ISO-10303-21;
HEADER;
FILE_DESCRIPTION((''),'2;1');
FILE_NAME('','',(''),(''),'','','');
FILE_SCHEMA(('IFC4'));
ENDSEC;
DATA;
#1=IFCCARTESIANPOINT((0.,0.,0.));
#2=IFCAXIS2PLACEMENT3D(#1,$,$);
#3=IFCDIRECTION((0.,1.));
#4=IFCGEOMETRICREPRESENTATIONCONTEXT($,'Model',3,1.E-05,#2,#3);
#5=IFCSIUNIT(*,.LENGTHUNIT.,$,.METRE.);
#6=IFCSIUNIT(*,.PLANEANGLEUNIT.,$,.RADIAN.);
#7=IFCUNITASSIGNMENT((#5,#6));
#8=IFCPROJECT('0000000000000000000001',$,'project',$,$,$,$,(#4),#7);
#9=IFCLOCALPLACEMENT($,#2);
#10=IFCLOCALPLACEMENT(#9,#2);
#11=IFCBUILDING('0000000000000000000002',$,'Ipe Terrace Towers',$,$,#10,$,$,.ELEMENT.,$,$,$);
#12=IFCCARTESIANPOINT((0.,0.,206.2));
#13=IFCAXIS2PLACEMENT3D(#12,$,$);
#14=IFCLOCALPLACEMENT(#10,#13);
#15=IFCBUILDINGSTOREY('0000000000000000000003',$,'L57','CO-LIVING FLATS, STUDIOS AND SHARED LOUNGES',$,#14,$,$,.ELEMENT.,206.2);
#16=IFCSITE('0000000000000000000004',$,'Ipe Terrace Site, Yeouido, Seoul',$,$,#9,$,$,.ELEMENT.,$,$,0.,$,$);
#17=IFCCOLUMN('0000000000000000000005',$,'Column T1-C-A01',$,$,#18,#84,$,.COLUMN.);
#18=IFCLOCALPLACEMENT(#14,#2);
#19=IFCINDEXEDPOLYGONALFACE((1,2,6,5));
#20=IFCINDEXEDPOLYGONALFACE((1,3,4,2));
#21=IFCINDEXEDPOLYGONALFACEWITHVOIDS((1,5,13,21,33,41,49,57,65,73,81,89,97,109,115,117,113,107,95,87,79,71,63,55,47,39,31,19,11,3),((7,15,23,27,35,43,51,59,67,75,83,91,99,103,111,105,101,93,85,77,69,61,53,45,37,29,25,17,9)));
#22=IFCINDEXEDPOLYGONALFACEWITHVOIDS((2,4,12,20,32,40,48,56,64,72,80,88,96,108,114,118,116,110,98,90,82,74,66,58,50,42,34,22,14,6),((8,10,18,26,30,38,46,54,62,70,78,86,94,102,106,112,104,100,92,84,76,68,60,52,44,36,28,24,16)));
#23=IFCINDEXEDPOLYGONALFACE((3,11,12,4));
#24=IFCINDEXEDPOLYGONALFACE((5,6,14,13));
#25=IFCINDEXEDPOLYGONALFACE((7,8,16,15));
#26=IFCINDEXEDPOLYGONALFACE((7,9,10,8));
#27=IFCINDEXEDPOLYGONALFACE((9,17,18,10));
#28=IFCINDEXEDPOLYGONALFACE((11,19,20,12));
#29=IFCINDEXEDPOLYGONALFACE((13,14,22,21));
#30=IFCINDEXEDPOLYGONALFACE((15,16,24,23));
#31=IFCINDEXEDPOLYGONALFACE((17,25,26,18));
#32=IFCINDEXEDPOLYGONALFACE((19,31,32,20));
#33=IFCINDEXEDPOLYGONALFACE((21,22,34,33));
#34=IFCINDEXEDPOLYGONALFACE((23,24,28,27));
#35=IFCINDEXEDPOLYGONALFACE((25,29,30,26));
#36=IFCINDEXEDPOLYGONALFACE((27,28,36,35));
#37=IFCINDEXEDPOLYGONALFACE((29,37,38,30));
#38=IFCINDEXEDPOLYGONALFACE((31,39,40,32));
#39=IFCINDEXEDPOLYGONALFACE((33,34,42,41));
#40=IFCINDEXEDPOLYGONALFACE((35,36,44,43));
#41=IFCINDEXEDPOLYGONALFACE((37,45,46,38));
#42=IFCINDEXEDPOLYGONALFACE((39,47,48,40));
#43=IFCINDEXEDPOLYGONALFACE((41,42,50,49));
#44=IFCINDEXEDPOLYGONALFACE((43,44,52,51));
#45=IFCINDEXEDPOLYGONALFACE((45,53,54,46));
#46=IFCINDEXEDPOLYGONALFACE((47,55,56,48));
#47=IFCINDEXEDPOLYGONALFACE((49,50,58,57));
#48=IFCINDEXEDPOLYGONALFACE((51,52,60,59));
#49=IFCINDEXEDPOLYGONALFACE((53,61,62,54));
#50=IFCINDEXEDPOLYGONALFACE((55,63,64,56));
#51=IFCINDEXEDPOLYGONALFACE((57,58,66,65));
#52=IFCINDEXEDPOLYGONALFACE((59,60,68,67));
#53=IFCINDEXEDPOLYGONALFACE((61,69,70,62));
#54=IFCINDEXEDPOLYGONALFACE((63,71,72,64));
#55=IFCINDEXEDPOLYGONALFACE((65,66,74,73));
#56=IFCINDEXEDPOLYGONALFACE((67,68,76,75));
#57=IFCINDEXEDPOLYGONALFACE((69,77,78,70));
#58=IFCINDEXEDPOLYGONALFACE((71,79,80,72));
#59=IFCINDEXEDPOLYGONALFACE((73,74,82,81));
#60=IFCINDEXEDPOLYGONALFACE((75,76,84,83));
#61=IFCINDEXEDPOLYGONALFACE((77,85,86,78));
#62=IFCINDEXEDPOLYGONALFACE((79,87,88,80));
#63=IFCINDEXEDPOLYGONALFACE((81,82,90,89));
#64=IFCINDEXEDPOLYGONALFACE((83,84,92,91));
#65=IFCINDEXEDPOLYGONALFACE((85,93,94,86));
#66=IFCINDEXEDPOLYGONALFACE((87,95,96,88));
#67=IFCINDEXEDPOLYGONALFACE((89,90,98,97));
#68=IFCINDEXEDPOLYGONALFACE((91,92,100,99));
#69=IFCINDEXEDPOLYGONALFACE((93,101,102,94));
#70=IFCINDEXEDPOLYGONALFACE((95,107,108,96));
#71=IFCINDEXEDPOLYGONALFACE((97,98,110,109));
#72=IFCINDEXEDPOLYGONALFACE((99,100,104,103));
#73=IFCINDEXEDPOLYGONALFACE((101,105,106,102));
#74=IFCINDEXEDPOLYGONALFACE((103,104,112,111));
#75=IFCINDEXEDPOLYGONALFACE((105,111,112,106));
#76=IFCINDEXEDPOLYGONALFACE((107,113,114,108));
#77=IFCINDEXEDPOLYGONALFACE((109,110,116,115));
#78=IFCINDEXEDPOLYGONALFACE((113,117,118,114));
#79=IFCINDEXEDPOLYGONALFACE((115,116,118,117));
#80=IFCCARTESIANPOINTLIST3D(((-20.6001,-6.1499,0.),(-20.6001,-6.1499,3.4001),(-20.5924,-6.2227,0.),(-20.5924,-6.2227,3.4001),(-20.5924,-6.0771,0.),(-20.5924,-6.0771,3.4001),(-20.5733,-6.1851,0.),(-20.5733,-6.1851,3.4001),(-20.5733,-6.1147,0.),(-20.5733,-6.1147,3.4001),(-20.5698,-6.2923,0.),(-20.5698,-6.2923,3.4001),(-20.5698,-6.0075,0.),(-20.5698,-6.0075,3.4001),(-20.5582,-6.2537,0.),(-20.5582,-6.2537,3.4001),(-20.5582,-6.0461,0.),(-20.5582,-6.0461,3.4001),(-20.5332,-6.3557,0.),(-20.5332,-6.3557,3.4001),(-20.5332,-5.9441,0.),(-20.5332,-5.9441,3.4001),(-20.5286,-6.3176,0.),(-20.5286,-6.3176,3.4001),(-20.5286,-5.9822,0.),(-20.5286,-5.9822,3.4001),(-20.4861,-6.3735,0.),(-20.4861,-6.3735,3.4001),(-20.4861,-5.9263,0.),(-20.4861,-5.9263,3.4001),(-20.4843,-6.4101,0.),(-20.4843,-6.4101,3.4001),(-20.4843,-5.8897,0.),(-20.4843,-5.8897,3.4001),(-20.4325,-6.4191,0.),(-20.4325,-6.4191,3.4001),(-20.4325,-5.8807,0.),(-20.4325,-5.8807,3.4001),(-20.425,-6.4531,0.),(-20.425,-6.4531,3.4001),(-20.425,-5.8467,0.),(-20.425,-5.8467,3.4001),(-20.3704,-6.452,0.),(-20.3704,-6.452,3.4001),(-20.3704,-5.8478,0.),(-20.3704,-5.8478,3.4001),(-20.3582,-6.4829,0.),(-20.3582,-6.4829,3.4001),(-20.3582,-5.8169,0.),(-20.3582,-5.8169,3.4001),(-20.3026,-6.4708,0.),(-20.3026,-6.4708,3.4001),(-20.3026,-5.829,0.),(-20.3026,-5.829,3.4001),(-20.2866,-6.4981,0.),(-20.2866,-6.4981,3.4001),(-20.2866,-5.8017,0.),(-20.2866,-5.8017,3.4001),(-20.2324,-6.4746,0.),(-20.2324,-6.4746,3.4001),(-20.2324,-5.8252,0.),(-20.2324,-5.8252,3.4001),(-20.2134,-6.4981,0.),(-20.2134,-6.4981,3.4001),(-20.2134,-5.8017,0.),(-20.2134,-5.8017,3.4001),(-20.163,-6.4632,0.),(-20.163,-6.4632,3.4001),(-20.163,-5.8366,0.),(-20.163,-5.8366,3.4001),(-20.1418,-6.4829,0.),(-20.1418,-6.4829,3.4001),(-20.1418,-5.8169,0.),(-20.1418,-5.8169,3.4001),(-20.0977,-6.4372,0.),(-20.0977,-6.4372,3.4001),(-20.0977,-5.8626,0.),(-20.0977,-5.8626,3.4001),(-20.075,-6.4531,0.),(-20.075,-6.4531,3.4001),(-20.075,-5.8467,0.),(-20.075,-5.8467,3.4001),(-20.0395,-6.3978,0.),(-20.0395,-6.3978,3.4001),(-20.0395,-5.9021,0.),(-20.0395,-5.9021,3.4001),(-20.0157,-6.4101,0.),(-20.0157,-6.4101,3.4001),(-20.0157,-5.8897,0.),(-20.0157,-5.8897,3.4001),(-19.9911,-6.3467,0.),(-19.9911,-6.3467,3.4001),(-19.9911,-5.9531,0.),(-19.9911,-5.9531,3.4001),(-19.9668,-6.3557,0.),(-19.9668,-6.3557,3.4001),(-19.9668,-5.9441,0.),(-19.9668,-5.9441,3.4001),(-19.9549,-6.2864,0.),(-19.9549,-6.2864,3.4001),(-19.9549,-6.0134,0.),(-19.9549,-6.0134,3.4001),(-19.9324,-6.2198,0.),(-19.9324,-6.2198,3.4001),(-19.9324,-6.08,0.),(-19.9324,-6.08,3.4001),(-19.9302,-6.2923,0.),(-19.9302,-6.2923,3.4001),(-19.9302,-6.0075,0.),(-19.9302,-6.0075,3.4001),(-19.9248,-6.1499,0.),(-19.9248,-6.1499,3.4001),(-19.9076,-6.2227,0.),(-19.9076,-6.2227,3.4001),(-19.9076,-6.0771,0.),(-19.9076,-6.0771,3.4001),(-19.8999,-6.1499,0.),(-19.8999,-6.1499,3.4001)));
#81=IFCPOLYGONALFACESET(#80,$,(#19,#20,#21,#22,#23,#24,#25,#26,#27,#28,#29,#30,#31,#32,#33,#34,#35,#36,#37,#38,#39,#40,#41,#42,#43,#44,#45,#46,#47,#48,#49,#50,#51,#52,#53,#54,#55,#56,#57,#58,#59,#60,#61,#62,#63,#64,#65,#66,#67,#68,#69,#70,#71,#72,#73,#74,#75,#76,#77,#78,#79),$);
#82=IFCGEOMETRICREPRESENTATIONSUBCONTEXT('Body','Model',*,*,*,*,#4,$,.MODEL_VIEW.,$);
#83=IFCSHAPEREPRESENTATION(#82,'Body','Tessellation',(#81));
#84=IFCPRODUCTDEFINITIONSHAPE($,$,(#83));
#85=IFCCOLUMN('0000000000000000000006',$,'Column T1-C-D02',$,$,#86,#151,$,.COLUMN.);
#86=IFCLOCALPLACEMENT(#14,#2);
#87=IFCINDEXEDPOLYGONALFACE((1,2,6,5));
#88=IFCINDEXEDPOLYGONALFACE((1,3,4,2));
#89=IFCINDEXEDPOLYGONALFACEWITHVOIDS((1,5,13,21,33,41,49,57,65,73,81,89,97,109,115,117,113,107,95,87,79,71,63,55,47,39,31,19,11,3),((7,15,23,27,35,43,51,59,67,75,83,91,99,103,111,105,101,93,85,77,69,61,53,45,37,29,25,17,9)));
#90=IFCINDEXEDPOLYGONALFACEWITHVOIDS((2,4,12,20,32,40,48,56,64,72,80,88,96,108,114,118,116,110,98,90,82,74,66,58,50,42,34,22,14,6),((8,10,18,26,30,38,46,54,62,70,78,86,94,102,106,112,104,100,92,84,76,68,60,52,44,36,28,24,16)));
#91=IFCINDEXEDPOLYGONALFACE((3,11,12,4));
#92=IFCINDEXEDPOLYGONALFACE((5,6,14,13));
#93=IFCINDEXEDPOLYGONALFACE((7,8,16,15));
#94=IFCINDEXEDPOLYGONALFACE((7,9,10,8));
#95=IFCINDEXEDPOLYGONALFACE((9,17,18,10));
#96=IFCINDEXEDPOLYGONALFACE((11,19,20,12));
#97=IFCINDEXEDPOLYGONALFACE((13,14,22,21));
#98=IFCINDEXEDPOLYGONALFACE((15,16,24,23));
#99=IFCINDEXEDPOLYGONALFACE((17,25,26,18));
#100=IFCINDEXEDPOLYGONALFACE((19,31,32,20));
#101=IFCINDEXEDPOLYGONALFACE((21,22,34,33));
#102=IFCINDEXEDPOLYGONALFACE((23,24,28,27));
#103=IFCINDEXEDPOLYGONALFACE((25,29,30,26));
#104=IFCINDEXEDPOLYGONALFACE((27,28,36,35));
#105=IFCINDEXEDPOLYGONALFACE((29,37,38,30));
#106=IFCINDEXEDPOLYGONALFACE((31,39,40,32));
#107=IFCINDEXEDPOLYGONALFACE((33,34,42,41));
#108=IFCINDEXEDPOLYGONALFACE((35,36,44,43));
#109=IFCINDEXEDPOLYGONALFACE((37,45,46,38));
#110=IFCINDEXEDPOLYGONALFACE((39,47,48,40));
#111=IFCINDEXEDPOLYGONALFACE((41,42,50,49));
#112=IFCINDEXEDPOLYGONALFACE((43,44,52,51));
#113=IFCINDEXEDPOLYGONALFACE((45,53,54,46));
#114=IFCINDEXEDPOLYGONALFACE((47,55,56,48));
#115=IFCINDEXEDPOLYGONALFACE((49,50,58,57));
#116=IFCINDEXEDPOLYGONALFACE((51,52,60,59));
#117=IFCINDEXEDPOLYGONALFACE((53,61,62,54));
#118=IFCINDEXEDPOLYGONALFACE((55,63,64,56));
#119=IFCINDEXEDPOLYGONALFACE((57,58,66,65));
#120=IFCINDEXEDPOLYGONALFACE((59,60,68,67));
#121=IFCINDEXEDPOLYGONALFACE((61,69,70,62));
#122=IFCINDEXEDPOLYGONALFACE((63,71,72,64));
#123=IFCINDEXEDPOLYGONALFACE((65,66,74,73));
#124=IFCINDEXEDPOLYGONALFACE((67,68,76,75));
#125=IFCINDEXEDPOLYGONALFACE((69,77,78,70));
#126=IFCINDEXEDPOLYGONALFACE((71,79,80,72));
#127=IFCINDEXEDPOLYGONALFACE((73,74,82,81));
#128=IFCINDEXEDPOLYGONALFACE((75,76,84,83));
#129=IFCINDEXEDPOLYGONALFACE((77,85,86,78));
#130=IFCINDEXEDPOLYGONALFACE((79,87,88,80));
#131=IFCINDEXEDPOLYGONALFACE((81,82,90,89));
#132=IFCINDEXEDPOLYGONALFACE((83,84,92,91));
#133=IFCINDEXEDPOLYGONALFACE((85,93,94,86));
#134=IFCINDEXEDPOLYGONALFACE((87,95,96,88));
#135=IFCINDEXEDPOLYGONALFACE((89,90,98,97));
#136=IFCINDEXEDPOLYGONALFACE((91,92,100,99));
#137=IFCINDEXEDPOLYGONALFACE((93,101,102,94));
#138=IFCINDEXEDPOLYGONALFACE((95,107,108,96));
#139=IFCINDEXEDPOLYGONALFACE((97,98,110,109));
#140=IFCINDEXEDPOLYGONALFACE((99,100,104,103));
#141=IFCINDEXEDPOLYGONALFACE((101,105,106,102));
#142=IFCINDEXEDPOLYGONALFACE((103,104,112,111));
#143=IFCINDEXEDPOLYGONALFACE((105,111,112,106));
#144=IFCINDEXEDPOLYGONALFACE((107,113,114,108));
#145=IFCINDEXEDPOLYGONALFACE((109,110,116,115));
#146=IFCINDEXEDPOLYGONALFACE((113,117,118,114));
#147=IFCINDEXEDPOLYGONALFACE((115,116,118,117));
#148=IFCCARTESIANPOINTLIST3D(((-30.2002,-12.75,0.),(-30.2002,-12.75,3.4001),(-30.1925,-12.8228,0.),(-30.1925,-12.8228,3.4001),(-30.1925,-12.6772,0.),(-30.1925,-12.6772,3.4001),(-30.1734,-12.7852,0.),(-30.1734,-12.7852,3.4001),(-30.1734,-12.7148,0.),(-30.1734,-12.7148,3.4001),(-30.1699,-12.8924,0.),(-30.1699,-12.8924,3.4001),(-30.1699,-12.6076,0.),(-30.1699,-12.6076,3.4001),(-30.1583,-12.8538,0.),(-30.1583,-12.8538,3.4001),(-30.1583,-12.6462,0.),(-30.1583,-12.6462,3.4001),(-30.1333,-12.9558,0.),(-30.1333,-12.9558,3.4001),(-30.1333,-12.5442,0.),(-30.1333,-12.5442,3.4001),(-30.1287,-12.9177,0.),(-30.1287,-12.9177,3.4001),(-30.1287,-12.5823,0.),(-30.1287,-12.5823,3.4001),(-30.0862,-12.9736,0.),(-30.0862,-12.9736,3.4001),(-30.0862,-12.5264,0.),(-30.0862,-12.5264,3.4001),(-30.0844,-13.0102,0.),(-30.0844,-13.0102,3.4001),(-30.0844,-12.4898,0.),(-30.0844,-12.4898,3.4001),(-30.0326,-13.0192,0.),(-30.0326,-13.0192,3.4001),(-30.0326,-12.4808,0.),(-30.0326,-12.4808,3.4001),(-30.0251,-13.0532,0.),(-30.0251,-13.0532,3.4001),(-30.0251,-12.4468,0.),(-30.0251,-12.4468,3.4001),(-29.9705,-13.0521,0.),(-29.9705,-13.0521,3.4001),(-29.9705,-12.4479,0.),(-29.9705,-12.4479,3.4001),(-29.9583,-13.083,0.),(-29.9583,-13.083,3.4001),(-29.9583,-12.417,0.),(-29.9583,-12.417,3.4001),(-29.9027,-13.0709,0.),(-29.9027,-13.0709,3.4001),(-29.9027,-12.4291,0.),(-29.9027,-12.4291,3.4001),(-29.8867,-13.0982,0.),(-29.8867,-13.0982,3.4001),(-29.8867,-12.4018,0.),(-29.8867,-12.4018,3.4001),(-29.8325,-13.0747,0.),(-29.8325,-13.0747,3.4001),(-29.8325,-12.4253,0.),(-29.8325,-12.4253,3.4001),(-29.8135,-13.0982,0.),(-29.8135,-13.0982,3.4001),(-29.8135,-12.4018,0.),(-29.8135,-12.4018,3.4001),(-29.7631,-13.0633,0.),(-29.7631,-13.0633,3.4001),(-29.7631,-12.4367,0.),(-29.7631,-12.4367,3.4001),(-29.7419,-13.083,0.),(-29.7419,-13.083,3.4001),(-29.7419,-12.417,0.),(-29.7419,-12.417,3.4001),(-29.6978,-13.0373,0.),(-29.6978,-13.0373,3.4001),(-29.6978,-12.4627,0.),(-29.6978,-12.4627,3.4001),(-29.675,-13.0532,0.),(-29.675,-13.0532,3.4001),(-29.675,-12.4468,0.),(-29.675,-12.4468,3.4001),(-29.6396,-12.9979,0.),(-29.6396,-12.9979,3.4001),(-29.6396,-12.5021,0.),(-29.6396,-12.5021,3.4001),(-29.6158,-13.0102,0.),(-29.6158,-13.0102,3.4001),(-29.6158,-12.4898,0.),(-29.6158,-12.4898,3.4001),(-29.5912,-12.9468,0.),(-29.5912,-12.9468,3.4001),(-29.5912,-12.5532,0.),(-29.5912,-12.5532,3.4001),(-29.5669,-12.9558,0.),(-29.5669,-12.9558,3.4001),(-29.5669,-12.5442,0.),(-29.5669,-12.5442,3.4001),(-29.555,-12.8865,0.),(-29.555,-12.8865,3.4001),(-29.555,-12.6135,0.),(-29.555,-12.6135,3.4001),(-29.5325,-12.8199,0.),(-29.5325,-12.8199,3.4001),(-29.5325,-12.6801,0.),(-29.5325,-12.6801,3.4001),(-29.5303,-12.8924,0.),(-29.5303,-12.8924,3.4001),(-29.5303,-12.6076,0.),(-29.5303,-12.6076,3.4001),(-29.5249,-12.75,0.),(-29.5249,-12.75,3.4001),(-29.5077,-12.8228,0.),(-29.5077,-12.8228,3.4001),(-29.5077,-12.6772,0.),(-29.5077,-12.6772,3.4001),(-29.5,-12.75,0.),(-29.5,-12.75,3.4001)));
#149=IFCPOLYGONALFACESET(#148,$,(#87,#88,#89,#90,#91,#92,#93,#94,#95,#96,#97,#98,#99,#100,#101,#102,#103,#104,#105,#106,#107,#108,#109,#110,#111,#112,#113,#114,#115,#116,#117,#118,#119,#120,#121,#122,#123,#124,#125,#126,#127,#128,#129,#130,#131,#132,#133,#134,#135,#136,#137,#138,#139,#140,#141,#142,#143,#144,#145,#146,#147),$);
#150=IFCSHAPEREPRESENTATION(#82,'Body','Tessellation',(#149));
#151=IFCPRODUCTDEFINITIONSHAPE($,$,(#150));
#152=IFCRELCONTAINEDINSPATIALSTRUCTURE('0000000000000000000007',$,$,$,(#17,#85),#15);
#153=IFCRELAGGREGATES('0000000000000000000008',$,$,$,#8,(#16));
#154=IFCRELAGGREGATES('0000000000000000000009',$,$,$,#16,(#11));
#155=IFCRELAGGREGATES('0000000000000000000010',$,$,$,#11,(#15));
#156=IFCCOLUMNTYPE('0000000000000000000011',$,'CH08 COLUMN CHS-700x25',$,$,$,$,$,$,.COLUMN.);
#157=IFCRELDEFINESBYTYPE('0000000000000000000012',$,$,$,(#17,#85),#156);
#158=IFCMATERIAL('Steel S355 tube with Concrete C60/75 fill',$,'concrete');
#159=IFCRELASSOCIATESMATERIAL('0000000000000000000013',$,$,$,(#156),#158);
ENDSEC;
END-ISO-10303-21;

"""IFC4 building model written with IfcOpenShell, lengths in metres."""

from ifc_helpers import new_model, si_unit, direction, frame, origin, origin_2d, place, context, subcontext, project, spatial, hollow_circle, extrude, material, material_profile, profile_set, type_object, element, save


model = new_model("IFC4")

# Units and contexts
model_context = context("Model", 3, precision=1e-05, world=origin(), true_north=direction((0.0, 1.0)))
body_context = subcontext(model_context, "Body", "Model", "MODEL_VIEW")
ifc_project = project(units=[si_unit("LENGTHUNIT", "METRE"), si_unit("PLANEANGLEUNIT", "RADIAN")], contexts=[model_context])

# Site, building, storey
site_placement = place(None, origin())
site = spatial("IfcSite", under=ifc_project, at=site_placement, Name="Ipe Terrace Site, Yeouido, Seoul", CompositionType="ELEMENT", RefElevation=0.0)
building_placement = place(site_placement, origin())
building = spatial("IfcBuilding", under=site, at=building_placement, Name="Ipe Terrace Towers", CompositionType="ELEMENT")
storey_placement = place(building_placement, frame((0.0, 0.0, 206.2)))
storey = spatial("IfcBuildingStorey", under=building, at=storey_placement, Name="L57", Description="CO-LIVING FLATS, STUDIOS AND SHARED LOUNGES", CompositionType="ELEMENT", Elevation=206.2)

# Columns
ifc_material_1 = material(Name="Steel S355 tube with Concrete C60/75 fill", Category="concrete")
ifc_material_profile_1 = material_profile(ifc_material_1, hollow_circle(Radius=0.3501, WallThickness=0.0249, at=origin_2d()), Name="CHS-700x25")
ifc_profile_set_1 = profile_set([ifc_material_profile_1], Name="Steel S355 tube with Concrete C60/75 fill")
column_type_1 = type_object("IfcColumnType", Name="CH08 COLUMN CHS-700x25", PredefinedType="COLUMN", material=ifc_profile_set_1)
for number, where, z_axis, x_axis, name in (
    (1, (-20.25, -6.1499, 0.0), (0.0, 0.0, 1.0), (1.0, 0.0, 0.0), "Column T1-C-A01"),
    (2, (-29.8501, -12.75, 0.0), (0.0, 0.0, 1.0), (1.0, 0.0, 0.0), "Column T1-C-D02"),
):
    element("IfcColumn", number, at=place(storey_placement, frame(where, z_axis=z_axis, x_axis=x_axis)), inside=storey, type_object=column_type_1, Name=name, PredefinedType="COLUMN", context=body_context, shape_type="SweptSolid", body=[
        extrude(hollow_circle(Radius=0.3501, WallThickness=0.0249, at=origin_2d()), origin(), (0.0, 0.0, 1.0), 3.4001),
    ])

save(model, "model.ifc")
